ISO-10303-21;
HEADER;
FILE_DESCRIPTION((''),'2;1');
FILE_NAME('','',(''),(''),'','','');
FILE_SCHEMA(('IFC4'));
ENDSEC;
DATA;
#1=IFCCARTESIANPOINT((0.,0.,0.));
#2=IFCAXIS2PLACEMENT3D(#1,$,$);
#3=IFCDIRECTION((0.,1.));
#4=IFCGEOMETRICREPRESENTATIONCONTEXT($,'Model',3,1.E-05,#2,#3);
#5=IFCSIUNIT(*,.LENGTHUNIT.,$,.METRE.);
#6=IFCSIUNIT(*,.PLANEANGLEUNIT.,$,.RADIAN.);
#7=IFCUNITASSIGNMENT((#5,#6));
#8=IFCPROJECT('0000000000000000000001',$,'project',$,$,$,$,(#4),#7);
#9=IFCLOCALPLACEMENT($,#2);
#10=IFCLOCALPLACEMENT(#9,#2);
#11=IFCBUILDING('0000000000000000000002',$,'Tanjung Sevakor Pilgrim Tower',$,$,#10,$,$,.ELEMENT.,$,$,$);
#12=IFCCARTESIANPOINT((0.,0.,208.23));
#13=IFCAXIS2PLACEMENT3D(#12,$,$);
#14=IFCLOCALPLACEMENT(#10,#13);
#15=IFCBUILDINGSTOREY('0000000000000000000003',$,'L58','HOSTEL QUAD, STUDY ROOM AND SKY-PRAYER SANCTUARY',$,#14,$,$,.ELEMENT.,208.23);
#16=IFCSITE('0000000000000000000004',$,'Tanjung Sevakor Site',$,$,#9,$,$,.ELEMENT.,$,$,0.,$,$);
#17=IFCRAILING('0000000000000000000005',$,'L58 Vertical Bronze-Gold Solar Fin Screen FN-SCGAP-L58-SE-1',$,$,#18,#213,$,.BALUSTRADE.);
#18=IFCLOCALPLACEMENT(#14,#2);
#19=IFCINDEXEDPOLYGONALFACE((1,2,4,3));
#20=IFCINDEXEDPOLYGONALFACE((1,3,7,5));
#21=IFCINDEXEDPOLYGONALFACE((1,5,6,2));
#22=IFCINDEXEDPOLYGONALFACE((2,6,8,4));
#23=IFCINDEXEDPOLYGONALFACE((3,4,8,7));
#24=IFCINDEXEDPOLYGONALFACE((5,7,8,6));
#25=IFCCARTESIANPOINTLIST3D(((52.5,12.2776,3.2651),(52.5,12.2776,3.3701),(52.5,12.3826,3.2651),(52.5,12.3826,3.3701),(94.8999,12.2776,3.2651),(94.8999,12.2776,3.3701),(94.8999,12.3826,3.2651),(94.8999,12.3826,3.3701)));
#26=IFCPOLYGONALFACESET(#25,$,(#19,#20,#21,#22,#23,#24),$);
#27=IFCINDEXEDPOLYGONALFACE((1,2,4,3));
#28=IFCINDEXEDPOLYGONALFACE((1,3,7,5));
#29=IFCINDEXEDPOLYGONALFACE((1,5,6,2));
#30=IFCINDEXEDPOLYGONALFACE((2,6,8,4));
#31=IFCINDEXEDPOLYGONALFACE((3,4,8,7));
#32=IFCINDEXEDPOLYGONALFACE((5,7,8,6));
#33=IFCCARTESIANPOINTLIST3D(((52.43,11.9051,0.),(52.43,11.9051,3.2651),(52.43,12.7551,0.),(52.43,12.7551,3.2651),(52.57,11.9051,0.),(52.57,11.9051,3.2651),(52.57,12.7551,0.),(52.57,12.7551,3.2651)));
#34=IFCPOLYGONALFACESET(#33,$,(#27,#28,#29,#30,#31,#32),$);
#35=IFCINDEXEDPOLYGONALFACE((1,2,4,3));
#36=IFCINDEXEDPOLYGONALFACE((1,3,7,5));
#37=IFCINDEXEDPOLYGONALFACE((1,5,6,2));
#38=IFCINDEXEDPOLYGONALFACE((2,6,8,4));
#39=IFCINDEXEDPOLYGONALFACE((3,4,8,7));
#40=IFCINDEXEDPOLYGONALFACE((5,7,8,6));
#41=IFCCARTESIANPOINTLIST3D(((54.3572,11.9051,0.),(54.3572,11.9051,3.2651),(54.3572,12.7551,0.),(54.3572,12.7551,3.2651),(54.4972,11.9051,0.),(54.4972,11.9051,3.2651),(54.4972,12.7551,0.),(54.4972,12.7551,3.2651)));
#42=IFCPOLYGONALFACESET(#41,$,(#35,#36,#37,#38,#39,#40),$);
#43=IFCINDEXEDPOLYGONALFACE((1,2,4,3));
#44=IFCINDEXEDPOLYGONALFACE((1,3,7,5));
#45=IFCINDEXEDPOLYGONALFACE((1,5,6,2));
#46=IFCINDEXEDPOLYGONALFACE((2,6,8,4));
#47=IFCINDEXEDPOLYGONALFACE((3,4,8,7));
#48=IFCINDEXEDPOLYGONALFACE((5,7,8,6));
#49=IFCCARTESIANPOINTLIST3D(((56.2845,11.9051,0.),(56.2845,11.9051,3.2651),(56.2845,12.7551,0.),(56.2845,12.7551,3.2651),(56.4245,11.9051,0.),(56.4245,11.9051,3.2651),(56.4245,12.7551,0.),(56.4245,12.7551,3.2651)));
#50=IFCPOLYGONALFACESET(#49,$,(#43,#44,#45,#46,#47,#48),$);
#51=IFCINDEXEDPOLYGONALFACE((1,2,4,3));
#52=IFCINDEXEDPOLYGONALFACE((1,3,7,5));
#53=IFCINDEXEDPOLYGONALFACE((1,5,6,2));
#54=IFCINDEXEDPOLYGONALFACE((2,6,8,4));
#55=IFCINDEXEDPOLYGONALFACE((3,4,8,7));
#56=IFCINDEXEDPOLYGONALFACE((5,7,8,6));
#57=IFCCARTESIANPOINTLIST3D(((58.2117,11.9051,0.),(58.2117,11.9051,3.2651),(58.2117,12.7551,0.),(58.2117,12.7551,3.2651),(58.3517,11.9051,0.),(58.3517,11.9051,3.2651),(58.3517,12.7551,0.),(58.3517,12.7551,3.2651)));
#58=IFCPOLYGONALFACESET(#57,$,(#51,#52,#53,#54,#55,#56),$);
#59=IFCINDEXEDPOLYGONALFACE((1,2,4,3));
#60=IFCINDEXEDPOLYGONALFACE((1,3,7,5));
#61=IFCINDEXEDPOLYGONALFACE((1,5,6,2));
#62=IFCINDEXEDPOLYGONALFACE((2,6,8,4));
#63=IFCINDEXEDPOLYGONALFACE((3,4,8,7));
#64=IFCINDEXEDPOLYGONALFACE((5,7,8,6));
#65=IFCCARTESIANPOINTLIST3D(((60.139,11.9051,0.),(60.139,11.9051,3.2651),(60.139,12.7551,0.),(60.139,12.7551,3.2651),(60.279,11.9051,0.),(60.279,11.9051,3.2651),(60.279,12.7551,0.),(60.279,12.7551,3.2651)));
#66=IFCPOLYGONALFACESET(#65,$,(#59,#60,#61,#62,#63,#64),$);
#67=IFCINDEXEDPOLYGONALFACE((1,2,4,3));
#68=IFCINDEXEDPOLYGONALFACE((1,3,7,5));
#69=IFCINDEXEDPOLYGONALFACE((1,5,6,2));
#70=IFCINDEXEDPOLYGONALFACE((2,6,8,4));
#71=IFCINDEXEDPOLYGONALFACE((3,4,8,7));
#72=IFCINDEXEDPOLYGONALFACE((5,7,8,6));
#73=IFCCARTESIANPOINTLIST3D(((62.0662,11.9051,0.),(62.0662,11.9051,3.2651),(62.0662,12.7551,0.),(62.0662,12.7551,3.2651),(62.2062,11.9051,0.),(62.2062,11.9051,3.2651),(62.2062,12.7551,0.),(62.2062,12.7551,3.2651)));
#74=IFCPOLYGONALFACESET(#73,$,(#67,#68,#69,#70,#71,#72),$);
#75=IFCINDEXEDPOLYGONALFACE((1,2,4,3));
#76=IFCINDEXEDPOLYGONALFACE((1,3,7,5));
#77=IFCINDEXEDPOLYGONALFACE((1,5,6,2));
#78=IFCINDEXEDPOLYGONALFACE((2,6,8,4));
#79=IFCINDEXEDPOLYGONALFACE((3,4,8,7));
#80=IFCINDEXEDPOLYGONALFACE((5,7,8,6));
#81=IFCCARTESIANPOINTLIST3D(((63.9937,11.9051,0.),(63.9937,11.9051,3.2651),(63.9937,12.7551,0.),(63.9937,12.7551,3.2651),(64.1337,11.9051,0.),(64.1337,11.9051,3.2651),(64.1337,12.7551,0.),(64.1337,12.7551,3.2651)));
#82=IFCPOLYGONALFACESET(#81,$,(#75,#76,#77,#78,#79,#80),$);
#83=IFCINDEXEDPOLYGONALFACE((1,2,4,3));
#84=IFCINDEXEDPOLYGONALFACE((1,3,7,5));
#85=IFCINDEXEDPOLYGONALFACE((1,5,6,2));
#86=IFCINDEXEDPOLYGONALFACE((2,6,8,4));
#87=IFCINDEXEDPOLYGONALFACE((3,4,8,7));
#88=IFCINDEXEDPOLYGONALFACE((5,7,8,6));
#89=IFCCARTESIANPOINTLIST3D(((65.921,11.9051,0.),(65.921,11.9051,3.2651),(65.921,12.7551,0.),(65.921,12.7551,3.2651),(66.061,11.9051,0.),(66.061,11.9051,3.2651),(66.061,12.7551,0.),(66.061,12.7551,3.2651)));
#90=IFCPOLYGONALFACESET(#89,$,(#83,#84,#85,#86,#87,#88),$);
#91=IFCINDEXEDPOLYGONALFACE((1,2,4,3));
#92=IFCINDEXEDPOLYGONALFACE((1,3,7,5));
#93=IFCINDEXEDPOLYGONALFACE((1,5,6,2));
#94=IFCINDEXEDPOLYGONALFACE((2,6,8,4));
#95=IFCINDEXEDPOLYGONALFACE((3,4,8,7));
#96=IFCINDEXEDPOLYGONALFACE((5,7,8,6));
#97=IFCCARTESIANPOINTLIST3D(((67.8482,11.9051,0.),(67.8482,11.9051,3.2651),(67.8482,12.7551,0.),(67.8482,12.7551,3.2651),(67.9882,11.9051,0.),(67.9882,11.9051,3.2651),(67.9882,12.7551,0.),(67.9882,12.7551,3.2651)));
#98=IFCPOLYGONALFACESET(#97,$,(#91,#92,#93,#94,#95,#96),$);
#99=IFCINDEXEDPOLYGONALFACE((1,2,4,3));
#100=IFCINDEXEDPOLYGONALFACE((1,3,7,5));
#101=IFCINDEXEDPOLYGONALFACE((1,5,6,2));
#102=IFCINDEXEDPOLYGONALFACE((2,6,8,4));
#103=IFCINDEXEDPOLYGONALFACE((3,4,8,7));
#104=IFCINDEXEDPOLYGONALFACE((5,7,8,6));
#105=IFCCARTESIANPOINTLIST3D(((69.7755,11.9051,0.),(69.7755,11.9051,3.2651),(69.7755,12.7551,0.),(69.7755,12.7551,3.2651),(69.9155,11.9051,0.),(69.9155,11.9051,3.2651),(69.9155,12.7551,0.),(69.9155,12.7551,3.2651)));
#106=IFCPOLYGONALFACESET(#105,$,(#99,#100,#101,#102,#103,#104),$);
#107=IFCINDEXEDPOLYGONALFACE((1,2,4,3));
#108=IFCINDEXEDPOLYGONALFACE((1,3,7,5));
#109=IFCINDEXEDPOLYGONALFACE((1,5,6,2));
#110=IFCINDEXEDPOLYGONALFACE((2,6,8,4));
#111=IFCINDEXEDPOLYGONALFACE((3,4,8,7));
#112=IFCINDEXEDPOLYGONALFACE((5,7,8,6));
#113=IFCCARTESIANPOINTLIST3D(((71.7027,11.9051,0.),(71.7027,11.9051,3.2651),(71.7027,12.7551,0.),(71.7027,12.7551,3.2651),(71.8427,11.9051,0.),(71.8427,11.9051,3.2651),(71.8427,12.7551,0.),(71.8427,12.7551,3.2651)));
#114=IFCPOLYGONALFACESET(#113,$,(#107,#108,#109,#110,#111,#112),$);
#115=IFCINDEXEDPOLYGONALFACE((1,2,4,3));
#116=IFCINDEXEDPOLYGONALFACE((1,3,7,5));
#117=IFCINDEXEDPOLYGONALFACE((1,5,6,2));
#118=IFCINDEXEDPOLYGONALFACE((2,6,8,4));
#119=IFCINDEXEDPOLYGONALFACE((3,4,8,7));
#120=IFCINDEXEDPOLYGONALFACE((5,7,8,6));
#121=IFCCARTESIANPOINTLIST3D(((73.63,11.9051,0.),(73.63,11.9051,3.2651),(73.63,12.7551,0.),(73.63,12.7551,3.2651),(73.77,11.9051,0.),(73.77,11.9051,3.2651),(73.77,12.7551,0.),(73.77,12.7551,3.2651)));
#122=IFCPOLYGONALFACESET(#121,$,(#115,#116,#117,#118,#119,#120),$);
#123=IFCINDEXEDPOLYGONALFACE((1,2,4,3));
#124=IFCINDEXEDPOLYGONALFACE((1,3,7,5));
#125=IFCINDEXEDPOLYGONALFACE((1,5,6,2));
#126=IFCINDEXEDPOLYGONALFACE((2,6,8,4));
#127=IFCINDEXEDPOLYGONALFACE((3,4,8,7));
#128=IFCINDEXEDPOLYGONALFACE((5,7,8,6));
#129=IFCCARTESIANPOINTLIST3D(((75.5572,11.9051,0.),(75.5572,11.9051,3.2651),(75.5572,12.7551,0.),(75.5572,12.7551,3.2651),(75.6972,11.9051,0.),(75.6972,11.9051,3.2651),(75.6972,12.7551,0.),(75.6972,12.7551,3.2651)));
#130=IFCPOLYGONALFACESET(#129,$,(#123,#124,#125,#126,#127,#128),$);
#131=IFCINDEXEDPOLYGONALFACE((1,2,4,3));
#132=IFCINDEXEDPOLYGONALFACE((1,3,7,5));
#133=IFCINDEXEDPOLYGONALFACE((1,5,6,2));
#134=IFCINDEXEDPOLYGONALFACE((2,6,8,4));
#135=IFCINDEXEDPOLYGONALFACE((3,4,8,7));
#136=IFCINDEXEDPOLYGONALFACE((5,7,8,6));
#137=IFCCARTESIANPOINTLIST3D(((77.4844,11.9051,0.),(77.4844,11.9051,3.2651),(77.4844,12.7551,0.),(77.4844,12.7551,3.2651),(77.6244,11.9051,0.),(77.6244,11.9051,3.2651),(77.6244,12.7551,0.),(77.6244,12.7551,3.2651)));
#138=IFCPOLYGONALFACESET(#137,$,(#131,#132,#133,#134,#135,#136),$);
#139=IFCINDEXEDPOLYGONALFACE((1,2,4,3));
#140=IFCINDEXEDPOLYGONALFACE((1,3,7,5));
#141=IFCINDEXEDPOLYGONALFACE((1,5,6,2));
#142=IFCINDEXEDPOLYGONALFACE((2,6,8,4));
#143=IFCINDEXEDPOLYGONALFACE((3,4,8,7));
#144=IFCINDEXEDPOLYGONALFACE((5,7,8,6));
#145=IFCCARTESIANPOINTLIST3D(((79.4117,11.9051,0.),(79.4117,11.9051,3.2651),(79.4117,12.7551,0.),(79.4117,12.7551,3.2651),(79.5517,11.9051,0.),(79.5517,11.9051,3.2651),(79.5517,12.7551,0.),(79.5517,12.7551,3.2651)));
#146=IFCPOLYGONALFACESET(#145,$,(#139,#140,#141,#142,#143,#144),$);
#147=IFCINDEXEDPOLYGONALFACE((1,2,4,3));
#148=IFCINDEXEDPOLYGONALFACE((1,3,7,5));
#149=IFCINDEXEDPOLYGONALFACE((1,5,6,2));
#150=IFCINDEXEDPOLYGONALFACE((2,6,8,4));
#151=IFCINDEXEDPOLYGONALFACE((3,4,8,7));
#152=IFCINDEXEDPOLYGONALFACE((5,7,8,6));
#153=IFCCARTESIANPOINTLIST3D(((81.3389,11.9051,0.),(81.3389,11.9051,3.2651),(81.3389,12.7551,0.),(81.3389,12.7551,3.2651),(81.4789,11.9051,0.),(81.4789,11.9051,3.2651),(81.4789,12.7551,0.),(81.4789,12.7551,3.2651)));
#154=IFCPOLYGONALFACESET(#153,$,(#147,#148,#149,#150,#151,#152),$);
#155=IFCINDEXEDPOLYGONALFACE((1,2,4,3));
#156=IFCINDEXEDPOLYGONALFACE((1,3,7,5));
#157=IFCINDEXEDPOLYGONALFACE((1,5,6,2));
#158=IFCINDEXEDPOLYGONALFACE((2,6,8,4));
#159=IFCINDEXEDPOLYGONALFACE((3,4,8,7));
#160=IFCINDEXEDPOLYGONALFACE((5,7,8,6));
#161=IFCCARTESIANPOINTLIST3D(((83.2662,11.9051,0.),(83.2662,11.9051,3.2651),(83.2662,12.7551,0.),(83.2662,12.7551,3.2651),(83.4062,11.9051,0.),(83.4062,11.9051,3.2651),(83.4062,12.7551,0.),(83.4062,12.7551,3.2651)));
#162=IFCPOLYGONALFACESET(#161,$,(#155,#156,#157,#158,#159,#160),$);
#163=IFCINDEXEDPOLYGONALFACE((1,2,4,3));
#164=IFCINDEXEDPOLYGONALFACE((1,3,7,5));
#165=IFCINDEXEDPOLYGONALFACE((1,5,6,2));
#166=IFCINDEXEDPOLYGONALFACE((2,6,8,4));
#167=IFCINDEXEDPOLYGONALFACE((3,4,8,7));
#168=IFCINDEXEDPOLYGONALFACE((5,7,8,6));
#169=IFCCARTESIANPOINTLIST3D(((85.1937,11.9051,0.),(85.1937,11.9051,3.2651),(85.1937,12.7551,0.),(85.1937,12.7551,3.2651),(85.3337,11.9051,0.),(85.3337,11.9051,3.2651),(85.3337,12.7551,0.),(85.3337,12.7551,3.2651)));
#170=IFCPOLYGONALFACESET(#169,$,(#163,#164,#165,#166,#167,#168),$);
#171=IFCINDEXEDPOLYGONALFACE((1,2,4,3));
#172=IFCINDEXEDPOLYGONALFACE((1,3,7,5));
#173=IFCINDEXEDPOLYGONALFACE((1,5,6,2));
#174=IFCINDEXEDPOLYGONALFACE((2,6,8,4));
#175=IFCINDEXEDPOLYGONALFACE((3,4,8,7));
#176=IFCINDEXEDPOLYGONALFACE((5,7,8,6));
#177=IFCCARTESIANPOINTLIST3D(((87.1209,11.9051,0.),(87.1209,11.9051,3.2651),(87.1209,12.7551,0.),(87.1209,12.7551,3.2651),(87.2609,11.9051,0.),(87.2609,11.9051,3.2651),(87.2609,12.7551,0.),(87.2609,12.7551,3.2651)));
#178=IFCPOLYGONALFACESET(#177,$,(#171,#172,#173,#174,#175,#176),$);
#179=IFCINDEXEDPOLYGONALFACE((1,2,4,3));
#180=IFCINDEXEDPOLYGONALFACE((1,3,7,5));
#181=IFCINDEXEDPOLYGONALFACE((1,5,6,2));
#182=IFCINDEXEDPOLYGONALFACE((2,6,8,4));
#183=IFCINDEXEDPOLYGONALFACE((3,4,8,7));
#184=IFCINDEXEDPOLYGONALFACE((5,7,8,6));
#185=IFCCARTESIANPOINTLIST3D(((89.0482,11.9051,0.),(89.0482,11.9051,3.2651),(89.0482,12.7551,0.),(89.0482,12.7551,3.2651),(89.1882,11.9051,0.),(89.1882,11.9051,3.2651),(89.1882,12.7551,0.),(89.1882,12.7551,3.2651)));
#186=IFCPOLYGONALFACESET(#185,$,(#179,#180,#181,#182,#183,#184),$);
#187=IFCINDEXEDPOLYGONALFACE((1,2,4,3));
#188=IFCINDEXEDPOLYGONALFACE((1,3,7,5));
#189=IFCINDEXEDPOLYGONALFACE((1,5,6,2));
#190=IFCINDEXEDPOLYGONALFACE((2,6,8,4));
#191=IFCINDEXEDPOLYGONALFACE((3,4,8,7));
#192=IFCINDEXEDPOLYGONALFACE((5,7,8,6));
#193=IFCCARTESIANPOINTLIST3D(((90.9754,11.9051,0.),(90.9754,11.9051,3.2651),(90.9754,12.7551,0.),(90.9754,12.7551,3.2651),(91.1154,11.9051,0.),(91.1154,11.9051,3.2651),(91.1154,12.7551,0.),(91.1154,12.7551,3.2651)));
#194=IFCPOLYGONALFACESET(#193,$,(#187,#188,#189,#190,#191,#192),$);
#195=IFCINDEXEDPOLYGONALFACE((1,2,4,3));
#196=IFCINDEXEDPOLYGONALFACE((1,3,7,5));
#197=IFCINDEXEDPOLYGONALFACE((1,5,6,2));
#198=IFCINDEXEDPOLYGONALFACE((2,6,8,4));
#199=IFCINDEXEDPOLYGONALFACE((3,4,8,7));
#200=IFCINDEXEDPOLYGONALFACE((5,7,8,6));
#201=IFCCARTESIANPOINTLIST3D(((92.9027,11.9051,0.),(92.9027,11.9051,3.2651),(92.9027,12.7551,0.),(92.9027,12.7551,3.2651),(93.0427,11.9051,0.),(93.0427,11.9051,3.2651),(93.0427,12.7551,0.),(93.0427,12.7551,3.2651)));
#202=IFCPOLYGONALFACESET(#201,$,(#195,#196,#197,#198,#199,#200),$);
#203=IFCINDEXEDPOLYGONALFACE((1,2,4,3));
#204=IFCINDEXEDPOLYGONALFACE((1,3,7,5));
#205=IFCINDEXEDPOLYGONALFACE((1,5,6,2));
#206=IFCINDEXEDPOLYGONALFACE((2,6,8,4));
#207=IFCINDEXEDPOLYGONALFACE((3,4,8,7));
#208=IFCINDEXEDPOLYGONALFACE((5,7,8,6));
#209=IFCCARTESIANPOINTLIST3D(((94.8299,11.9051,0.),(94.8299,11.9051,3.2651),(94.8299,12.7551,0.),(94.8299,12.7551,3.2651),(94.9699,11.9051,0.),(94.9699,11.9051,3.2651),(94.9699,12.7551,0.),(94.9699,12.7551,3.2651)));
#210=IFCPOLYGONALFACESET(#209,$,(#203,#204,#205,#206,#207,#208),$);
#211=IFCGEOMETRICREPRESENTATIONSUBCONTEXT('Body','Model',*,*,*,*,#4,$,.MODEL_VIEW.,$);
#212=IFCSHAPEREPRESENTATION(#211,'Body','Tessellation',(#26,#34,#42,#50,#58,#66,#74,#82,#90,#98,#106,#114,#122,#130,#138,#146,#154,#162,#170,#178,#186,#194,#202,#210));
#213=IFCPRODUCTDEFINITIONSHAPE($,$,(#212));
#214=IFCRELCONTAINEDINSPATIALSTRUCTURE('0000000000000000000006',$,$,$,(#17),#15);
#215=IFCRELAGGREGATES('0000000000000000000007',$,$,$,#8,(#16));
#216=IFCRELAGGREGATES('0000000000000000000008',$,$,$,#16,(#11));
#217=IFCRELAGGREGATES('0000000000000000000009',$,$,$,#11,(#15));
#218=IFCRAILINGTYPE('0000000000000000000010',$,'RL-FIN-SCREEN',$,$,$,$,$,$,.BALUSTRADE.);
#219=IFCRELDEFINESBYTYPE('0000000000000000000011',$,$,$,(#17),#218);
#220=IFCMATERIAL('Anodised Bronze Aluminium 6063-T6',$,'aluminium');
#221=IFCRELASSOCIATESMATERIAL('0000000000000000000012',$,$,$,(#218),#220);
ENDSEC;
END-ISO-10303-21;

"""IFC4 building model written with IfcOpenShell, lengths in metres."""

from ifc_helpers import new_model, si_unit, direction, frame, origin, place, context, subcontext, project, spatial, rectangle, extrude, material, type_object, element, save


model = new_model("IFC4")

# Units and contexts
model_context = context("Model", 3, precision=1e-05, world=origin(), true_north=direction((0.0, 1.0)))
body_context = subcontext(model_context, "Body", "Model", "MODEL_VIEW")
ifc_project = project(units=[si_unit("LENGTHUNIT", "METRE"), si_unit("PLANEANGLEUNIT", "RADIAN")], contexts=[model_context])

# Site, building, storey
site_placement = place(None, origin())
site = spatial("IfcSite", under=ifc_project, at=site_placement, Name="Tanjung Sevakor Site", CompositionType="ELEMENT", RefElevation=0.0)
building_placement = place(site_placement, origin())
building = spatial("IfcBuilding", under=site, at=building_placement, Name="Tanjung Sevakor Pilgrim Tower", CompositionType="ELEMENT")
storey_placement = place(building_placement, frame((0.0, 0.0, 208.23)))
storey = spatial("IfcBuildingStorey", under=building, at=storey_placement, Name="L58", Description="HOSTEL QUAD, STUDY ROOM AND SKY-PRAYER SANCTUARY", CompositionType="ELEMENT", Elevation=208.23)

# Railing
ifc_material_1 = material(Name="Anodised Bronze Aluminium 6063-T6", Category="aluminium")
railing_type_1 = type_object("IfcRailingType", Name="RL-FIN-SCREEN", PredefinedType="BALUSTRADE", material=ifc_material_1)
railing_1_placement = place(storey_placement, frame((52.5, 12.3301, 0.0)))
element("IfcRailing", 1, at=railing_1_placement, inside=storey, type_object=railing_type_1, Name="L58 Vertical Bronze-Gold Solar Fin Screen FN-SCGAP-L58-SE-1", PredefinedType="BALUSTRADE", context=body_context, shape_type="SweptSolid", body=[
    extrude(rectangle(XDim=0.105, YDim=0.105), frame((0.0, 0.0, 3.3176), z_axis=(1.0, 0.0, 0.0), x_axis=(0.0, 1.0, 0.0)), (0.0, 0.0, 1.0), 42.3999),
    extrude(rectangle(XDim=0.14, YDim=0.85), origin(), (0.0, 0.0, 1.0), 3.2651),
    extrude(rectangle(XDim=0.14, YDim=0.85), frame((1.9272, 0.0, 0.0)), (0.0, 0.0, 1.0), 3.2651),
    extrude(rectangle(XDim=0.14, YDim=0.85), frame((3.8545, 0.0, 0.0)), (0.0, 0.0, 1.0), 3.2651),
    extrude(rectangle(XDim=0.14, YDim=0.85), frame((5.7817, 0.0, 0.0)), (0.0, 0.0, 1.0), 3.2651),
    extrude(rectangle(XDim=0.14, YDim=0.85), frame((7.709, 0.0, 0.0)), (0.0, 0.0, 1.0), 3.2651),
    extrude(rectangle(XDim=0.14, YDim=0.85), frame((9.6362, 0.0, 0.0)), (0.0, 0.0, 1.0), 3.2651),
    extrude(rectangle(XDim=0.14, YDim=0.85), frame((11.5637, 0.0, 0.0)), (0.0, 0.0, 1.0), 3.2651),
    extrude(rectangle(XDim=0.14, YDim=0.85), frame((13.491, 0.0, 0.0)), (0.0, 0.0, 1.0), 3.2651),
    extrude(rectangle(XDim=0.14, YDim=0.85), frame((15.4182, 0.0, 0.0)), (0.0, 0.0, 1.0), 3.2651),
    extrude(rectangle(XDim=0.14, YDim=0.85), frame((17.3455, 0.0, 0.0)), (0.0, 0.0, 1.0), 3.2651),
    extrude(rectangle(XDim=0.14, YDim=0.85), frame((19.2727, 0.0, 0.0)), (0.0, 0.0, 1.0), 3.2651),
    extrude(rectangle(XDim=0.14, YDim=0.85), frame((21.2, 0.0, 0.0)), (0.0, 0.0, 1.0), 3.2651),
    extrude(rectangle(XDim=0.14, YDim=0.85), frame((23.1272, 0.0, 0.0)), (0.0, 0.0, 1.0), 3.2651),
    extrude(rectangle(XDim=0.14, YDim=0.85), frame((25.0544, 0.0, 0.0)), (0.0, 0.0, 1.0), 3.2651),
    extrude(rectangle(XDim=0.14, YDim=0.85), frame((26.9817, 0.0, 0.0)), (0.0, 0.0, 1.0), 3.2651),
    extrude(rectangle(XDim=0.14, YDim=0.85), frame((28.9089, 0.0, 0.0)), (0.0, 0.0, 1.0), 3.2651),
    extrude(rectangle(XDim=0.14, YDim=0.85), frame((30.8362, 0.0, 0.0)), (0.0, 0.0, 1.0), 3.2651),
    extrude(rectangle(XDim=0.14, YDim=0.85), frame((32.7637, 0.0, 0.0)), (0.0, 0.0, 1.0), 3.2651),
    extrude(rectangle(XDim=0.14, YDim=0.85), frame((34.6909, 0.0, 0.0)), (0.0, 0.0, 1.0), 3.2651),
    extrude(rectangle(XDim=0.14, YDim=0.85), frame((36.6182, 0.0, 0.0)), (0.0, 0.0, 1.0), 3.2651),
    extrude(rectangle(XDim=0.14, YDim=0.85), frame((38.5454, 0.0, 0.0)), (0.0, 0.0, 1.0), 3.2651),
    extrude(rectangle(XDim=0.14, YDim=0.85), frame((40.4727, 0.0, 0.0)), (0.0, 0.0, 1.0), 3.2651),
    extrude(rectangle(XDim=0.14, YDim=0.85), frame((42.3999, 0.0, 0.0)), (0.0, 0.0, 1.0), 3.2651),
])

save(model, "model.ifc")
